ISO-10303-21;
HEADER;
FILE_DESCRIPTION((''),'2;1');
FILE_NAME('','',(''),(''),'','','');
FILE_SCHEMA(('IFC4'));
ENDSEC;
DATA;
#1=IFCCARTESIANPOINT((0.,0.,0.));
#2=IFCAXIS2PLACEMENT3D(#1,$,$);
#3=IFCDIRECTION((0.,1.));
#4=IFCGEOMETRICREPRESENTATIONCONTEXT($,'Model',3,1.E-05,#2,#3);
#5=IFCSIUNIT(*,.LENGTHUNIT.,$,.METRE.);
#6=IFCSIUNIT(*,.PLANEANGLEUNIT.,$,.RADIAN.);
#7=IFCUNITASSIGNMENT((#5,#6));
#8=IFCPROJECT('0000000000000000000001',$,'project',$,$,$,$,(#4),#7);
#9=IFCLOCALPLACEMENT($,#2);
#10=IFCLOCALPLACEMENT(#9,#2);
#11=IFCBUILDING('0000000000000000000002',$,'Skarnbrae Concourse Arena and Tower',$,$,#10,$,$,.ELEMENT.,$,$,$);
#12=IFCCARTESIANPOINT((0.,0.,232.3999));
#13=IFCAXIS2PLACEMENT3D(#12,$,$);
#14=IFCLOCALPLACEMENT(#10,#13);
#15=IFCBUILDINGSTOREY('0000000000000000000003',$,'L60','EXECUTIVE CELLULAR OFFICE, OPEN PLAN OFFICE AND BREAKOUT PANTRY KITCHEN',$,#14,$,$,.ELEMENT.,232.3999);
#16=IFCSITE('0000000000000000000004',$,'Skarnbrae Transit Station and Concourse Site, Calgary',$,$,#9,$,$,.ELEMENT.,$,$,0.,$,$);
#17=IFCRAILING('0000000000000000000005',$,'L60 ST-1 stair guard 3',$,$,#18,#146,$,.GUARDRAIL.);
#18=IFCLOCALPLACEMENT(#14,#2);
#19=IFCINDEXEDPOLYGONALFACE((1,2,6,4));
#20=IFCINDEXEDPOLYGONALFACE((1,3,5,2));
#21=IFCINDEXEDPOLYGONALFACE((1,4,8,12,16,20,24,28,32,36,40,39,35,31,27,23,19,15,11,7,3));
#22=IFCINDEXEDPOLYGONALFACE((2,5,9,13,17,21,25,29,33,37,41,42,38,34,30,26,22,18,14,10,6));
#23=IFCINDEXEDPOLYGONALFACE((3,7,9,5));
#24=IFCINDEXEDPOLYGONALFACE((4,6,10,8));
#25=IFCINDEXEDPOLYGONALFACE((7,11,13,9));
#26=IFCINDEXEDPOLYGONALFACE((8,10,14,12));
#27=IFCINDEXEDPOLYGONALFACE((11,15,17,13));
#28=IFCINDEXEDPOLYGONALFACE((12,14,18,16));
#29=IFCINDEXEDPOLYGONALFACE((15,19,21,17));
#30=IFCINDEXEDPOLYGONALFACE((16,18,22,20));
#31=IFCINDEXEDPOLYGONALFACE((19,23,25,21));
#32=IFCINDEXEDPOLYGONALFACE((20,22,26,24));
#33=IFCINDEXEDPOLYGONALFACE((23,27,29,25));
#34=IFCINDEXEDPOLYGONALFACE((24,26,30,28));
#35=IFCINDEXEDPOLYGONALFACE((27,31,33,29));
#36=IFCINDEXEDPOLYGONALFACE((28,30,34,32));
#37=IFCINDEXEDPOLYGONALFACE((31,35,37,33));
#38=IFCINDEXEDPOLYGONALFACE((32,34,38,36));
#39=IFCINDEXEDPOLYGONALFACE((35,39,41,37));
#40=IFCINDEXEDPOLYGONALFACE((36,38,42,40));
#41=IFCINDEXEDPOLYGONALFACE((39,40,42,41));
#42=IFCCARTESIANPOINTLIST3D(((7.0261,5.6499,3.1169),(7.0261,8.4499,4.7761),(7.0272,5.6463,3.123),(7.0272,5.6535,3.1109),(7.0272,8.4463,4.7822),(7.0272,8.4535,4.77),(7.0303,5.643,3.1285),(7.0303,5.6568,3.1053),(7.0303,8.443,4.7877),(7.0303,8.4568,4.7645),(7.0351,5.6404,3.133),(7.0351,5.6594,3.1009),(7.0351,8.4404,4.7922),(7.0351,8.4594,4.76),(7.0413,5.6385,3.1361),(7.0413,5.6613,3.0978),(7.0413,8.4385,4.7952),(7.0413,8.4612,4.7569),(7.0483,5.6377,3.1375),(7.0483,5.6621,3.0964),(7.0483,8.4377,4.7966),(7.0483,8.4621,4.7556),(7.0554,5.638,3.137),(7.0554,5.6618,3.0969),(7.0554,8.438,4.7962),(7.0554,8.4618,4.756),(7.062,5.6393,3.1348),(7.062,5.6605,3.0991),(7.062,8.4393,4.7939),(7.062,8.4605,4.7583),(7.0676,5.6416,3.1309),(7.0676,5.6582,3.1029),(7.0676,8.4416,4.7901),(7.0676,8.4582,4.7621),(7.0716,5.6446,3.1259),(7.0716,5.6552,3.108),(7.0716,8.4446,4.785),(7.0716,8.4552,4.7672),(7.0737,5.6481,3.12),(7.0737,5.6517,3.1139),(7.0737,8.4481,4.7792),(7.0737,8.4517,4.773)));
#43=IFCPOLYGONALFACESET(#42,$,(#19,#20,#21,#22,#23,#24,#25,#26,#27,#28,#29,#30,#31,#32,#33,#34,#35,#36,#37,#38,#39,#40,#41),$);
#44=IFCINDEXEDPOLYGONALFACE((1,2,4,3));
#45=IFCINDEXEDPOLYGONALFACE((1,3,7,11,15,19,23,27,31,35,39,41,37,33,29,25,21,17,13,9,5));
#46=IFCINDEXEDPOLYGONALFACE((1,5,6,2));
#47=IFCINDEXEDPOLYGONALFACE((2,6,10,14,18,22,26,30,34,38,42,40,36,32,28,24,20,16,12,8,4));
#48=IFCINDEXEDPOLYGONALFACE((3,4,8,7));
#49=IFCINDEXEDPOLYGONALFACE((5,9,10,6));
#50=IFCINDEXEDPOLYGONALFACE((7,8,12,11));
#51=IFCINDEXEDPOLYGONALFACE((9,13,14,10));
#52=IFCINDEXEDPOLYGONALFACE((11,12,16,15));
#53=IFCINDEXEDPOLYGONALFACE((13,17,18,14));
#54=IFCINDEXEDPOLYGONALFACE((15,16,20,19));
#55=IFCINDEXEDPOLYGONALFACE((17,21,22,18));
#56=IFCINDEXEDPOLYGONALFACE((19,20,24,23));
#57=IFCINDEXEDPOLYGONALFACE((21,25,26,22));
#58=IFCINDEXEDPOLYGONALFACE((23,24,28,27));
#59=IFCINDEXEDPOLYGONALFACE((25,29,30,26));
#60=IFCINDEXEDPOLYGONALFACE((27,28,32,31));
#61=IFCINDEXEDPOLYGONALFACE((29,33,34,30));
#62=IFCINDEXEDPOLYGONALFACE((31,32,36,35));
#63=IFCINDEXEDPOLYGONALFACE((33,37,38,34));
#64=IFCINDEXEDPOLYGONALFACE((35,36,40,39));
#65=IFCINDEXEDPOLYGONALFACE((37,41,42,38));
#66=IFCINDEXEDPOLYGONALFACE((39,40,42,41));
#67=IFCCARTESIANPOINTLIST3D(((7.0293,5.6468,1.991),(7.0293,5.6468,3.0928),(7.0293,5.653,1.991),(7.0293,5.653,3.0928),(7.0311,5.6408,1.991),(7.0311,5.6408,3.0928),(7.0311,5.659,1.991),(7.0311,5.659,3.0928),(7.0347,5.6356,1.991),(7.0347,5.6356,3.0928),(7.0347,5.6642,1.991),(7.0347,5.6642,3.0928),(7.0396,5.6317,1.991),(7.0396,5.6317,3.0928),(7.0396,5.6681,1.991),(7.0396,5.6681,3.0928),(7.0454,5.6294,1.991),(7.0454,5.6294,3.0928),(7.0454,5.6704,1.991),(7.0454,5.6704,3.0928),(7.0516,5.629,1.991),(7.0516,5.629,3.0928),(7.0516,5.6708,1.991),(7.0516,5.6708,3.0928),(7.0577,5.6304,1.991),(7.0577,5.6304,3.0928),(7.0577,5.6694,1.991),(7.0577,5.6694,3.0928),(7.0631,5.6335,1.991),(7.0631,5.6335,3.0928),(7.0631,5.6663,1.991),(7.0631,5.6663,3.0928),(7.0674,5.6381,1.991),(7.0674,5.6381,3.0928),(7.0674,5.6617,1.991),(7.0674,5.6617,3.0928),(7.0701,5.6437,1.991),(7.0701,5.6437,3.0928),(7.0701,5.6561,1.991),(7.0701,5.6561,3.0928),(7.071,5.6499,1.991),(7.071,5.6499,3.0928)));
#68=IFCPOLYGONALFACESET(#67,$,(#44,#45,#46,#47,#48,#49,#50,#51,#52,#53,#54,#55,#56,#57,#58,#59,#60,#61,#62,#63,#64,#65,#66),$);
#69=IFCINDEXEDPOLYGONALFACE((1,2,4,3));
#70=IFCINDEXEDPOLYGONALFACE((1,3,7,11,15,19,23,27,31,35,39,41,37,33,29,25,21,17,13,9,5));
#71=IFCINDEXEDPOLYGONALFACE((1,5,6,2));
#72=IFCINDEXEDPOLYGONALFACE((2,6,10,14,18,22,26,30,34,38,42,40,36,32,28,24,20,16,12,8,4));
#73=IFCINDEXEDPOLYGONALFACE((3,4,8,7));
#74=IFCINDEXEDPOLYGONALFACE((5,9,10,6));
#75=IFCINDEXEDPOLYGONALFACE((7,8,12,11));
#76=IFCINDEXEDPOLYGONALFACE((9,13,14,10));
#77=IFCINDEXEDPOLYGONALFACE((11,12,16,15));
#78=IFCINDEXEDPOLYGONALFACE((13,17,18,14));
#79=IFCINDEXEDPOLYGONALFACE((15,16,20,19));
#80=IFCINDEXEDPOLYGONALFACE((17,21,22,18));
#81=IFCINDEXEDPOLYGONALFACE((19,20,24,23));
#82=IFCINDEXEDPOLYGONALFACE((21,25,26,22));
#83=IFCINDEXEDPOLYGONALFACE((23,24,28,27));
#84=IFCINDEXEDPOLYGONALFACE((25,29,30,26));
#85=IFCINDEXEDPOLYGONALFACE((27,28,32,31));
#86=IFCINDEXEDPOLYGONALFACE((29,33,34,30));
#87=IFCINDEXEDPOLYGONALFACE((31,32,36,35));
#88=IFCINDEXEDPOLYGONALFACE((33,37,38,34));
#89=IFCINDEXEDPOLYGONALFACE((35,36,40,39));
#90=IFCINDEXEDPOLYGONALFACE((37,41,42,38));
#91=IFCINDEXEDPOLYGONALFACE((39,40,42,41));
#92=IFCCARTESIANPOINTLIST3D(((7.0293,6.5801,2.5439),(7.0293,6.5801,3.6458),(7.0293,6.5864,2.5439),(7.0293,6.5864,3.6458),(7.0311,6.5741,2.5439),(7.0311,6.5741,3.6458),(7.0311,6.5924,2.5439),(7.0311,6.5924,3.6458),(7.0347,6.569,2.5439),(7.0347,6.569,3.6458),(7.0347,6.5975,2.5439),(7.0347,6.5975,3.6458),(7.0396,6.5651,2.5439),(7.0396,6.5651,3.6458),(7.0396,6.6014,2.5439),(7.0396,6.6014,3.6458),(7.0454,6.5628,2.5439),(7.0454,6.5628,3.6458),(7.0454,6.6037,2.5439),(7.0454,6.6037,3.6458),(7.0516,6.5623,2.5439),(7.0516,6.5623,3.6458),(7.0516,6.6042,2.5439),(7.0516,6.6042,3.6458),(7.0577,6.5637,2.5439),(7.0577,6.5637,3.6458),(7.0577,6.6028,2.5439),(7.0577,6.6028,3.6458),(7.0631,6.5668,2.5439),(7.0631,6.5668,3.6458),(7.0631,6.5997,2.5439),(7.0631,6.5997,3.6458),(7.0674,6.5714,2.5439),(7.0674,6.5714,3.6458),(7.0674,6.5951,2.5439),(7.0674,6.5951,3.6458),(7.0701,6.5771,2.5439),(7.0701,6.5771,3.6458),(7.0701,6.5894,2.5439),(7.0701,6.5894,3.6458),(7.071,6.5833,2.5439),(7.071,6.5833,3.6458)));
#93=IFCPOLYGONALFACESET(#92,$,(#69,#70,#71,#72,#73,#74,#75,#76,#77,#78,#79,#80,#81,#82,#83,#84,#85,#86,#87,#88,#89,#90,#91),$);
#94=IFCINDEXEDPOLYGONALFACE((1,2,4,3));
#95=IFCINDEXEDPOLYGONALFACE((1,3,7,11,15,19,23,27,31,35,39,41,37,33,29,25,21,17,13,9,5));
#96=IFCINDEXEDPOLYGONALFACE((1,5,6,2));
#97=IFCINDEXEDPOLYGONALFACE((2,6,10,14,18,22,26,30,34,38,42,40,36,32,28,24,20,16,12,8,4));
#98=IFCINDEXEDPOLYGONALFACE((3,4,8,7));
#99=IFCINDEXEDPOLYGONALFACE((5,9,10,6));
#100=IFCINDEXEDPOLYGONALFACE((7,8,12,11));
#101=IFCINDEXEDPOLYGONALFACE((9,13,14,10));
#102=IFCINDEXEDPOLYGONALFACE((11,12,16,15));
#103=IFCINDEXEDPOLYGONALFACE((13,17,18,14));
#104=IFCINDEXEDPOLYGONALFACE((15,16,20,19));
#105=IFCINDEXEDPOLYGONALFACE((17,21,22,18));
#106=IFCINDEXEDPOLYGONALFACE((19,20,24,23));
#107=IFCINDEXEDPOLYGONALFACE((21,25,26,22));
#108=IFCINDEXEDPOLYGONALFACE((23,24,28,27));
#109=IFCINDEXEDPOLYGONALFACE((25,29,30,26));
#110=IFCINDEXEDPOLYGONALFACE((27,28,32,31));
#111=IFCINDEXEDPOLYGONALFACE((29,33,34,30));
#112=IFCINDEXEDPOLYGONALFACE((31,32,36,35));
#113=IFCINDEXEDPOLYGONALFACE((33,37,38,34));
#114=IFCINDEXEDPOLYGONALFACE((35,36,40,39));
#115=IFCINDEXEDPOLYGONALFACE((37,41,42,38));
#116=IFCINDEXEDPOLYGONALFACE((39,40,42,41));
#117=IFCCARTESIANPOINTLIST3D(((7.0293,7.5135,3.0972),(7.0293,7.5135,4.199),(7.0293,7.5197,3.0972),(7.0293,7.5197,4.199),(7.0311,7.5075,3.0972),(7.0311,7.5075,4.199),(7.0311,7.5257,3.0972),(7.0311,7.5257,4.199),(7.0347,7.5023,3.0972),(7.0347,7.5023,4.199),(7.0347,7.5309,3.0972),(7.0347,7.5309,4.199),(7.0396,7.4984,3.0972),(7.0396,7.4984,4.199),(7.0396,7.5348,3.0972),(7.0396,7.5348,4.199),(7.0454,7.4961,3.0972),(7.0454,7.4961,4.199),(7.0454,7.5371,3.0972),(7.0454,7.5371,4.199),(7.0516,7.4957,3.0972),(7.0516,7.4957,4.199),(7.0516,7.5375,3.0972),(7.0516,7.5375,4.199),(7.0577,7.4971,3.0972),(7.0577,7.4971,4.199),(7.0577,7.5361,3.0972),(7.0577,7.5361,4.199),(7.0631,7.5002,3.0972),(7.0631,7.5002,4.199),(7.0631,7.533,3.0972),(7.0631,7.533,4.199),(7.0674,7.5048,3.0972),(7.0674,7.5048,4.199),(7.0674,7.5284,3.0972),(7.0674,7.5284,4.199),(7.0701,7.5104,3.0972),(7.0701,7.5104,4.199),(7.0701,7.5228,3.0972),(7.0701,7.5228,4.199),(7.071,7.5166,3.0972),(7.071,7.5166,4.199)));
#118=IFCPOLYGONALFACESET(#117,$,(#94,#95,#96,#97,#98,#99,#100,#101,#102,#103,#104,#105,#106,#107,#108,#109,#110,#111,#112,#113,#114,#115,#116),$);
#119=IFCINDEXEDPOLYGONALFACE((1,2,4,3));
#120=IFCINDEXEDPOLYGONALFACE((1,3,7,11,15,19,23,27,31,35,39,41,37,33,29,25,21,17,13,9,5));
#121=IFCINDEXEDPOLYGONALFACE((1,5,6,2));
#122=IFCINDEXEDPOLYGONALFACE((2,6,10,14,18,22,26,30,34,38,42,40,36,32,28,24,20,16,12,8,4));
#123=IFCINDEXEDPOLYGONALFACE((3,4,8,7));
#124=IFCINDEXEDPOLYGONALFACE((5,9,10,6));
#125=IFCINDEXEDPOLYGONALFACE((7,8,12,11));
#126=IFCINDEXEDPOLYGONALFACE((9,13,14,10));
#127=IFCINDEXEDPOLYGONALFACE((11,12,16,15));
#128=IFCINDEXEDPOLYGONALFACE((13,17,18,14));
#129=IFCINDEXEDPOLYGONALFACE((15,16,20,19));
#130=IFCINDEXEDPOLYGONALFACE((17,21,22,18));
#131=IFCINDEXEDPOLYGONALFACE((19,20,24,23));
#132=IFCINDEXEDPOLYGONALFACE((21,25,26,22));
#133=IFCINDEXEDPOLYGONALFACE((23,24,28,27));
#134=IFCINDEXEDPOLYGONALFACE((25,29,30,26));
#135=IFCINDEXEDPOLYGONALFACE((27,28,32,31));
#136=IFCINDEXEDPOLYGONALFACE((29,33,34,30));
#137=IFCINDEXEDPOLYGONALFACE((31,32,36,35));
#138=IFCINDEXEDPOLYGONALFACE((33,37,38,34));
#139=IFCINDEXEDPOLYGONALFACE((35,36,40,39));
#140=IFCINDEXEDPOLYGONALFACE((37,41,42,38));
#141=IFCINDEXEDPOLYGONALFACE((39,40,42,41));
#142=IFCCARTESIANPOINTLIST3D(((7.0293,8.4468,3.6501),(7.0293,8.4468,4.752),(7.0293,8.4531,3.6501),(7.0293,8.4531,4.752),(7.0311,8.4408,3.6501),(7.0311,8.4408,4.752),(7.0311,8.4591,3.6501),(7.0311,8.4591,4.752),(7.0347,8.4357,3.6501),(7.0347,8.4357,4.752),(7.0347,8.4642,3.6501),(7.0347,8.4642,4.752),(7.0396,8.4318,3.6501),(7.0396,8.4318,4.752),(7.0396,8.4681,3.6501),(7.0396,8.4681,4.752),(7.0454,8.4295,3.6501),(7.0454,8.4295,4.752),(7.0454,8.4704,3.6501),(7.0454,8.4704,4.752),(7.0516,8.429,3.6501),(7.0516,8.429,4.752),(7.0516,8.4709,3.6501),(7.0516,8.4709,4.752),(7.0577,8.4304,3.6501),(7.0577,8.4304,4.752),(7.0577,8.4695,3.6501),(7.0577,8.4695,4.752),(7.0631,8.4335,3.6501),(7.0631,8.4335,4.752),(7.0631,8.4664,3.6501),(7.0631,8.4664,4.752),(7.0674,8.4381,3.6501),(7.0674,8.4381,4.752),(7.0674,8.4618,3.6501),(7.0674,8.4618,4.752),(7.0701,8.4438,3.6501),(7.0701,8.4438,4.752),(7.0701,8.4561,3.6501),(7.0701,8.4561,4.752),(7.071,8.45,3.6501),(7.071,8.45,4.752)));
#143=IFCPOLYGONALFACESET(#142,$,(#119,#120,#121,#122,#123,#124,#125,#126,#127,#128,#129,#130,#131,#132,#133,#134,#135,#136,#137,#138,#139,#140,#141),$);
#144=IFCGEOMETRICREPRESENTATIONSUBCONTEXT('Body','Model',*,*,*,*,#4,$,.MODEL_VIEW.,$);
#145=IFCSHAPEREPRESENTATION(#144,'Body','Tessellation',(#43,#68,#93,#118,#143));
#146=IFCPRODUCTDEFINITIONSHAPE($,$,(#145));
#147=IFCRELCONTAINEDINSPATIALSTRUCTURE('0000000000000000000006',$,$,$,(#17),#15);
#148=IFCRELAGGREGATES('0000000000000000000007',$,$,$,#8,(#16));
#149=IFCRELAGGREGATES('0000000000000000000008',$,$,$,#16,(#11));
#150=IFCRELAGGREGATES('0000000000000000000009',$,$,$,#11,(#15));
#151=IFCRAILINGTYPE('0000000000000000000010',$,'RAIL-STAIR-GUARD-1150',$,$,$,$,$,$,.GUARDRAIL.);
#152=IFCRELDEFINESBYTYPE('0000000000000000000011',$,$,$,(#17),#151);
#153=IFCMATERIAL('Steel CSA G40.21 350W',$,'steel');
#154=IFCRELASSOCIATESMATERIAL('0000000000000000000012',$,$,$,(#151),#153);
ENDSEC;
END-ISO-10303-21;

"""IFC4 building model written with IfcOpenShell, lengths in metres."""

from ifc_helpers import new_model, si_unit, direction, frame, origin, origin_2d, place, context, subcontext, project, spatial, circle, extrude, material, type_object, element, save


model = new_model("IFC4")

# Units and contexts
model_context = context("Model", 3, precision=1e-05, world=origin(), true_north=direction((0.0, 1.0)))
body_context = subcontext(model_context, "Body", "Model", "MODEL_VIEW")
ifc_project = project(units=[si_unit("LENGTHUNIT", "METRE"), si_unit("PLANEANGLEUNIT", "RADIAN")], contexts=[model_context])

# Site, building, storey
site_placement = place(None, origin())
site = spatial("IfcSite", under=ifc_project, at=site_placement, Name="Skarnbrae Transit Station and Concourse Site, Calgary", CompositionType="ELEMENT", RefElevation=0.0)
building_placement = place(site_placement, origin())
building = spatial("IfcBuilding", under=site, at=building_placement, Name="Skarnbrae Concourse Arena and Tower", CompositionType="ELEMENT")
storey_placement = place(building_placement, frame((0.0, 0.0, 232.3999)))
storey = spatial("IfcBuildingStorey", under=building, at=storey_placement, Name="L60", Description="EXECUTIVE CELLULAR OFFICE, OPEN PLAN OFFICE AND BREAKOUT PANTRY KITCHEN", CompositionType="ELEMENT", Elevation=232.3999)

# Shared definitions
ifc_material_1 = material(Name="Steel CSA G40.21 350W", Category="steel")

# Railing
railing_type_1 = type_object("IfcRailingType", Name="RAIL-STAIR-GUARD-1150", PredefinedType="GUARDRAIL", material=ifc_material_1)
railing_1_placement = place(storey_placement, frame((7.05, 5.6499, 1.991)))
element("IfcRailing", 1, at=railing_1_placement, inside=storey, type_object=railing_type_1, Name="L60 ST-1 stair guard 3", PredefinedType="GUARDRAIL", context=body_context, shape_type="SweptSolid", body=[
    extrude(circle(Radius=0.0239, at=origin_2d()), frame((0.0, 0.0, 1.126), z_axis=(0.0, 0.860306, 0.509778), x_axis=(-1.0, 0.0, 0.0)), (0.0, 0.0, 1.0), 3.2546),
    extrude(circle(Radius=0.021, at=origin_2d()), origin(), (0.0, 0.0, 1.0), 1.1018),
    extrude(circle(Radius=0.021, at=origin_2d()), frame((0.0, 0.9333, 0.553)), (0.0, 0.0, 1.0), 1.1018),
    extrude(circle(Radius=0.021, at=origin_2d()), frame((0.0, 1.8667, 1.1062)), (0.0, 0.0, 1.0), 1.1018),
    extrude(circle(Radius=0.021, at=origin_2d()), frame((0.0, 2.8, 1.6592)), (0.0, 0.0, 1.0), 1.1018),
])

save(model, "model.ifc")
